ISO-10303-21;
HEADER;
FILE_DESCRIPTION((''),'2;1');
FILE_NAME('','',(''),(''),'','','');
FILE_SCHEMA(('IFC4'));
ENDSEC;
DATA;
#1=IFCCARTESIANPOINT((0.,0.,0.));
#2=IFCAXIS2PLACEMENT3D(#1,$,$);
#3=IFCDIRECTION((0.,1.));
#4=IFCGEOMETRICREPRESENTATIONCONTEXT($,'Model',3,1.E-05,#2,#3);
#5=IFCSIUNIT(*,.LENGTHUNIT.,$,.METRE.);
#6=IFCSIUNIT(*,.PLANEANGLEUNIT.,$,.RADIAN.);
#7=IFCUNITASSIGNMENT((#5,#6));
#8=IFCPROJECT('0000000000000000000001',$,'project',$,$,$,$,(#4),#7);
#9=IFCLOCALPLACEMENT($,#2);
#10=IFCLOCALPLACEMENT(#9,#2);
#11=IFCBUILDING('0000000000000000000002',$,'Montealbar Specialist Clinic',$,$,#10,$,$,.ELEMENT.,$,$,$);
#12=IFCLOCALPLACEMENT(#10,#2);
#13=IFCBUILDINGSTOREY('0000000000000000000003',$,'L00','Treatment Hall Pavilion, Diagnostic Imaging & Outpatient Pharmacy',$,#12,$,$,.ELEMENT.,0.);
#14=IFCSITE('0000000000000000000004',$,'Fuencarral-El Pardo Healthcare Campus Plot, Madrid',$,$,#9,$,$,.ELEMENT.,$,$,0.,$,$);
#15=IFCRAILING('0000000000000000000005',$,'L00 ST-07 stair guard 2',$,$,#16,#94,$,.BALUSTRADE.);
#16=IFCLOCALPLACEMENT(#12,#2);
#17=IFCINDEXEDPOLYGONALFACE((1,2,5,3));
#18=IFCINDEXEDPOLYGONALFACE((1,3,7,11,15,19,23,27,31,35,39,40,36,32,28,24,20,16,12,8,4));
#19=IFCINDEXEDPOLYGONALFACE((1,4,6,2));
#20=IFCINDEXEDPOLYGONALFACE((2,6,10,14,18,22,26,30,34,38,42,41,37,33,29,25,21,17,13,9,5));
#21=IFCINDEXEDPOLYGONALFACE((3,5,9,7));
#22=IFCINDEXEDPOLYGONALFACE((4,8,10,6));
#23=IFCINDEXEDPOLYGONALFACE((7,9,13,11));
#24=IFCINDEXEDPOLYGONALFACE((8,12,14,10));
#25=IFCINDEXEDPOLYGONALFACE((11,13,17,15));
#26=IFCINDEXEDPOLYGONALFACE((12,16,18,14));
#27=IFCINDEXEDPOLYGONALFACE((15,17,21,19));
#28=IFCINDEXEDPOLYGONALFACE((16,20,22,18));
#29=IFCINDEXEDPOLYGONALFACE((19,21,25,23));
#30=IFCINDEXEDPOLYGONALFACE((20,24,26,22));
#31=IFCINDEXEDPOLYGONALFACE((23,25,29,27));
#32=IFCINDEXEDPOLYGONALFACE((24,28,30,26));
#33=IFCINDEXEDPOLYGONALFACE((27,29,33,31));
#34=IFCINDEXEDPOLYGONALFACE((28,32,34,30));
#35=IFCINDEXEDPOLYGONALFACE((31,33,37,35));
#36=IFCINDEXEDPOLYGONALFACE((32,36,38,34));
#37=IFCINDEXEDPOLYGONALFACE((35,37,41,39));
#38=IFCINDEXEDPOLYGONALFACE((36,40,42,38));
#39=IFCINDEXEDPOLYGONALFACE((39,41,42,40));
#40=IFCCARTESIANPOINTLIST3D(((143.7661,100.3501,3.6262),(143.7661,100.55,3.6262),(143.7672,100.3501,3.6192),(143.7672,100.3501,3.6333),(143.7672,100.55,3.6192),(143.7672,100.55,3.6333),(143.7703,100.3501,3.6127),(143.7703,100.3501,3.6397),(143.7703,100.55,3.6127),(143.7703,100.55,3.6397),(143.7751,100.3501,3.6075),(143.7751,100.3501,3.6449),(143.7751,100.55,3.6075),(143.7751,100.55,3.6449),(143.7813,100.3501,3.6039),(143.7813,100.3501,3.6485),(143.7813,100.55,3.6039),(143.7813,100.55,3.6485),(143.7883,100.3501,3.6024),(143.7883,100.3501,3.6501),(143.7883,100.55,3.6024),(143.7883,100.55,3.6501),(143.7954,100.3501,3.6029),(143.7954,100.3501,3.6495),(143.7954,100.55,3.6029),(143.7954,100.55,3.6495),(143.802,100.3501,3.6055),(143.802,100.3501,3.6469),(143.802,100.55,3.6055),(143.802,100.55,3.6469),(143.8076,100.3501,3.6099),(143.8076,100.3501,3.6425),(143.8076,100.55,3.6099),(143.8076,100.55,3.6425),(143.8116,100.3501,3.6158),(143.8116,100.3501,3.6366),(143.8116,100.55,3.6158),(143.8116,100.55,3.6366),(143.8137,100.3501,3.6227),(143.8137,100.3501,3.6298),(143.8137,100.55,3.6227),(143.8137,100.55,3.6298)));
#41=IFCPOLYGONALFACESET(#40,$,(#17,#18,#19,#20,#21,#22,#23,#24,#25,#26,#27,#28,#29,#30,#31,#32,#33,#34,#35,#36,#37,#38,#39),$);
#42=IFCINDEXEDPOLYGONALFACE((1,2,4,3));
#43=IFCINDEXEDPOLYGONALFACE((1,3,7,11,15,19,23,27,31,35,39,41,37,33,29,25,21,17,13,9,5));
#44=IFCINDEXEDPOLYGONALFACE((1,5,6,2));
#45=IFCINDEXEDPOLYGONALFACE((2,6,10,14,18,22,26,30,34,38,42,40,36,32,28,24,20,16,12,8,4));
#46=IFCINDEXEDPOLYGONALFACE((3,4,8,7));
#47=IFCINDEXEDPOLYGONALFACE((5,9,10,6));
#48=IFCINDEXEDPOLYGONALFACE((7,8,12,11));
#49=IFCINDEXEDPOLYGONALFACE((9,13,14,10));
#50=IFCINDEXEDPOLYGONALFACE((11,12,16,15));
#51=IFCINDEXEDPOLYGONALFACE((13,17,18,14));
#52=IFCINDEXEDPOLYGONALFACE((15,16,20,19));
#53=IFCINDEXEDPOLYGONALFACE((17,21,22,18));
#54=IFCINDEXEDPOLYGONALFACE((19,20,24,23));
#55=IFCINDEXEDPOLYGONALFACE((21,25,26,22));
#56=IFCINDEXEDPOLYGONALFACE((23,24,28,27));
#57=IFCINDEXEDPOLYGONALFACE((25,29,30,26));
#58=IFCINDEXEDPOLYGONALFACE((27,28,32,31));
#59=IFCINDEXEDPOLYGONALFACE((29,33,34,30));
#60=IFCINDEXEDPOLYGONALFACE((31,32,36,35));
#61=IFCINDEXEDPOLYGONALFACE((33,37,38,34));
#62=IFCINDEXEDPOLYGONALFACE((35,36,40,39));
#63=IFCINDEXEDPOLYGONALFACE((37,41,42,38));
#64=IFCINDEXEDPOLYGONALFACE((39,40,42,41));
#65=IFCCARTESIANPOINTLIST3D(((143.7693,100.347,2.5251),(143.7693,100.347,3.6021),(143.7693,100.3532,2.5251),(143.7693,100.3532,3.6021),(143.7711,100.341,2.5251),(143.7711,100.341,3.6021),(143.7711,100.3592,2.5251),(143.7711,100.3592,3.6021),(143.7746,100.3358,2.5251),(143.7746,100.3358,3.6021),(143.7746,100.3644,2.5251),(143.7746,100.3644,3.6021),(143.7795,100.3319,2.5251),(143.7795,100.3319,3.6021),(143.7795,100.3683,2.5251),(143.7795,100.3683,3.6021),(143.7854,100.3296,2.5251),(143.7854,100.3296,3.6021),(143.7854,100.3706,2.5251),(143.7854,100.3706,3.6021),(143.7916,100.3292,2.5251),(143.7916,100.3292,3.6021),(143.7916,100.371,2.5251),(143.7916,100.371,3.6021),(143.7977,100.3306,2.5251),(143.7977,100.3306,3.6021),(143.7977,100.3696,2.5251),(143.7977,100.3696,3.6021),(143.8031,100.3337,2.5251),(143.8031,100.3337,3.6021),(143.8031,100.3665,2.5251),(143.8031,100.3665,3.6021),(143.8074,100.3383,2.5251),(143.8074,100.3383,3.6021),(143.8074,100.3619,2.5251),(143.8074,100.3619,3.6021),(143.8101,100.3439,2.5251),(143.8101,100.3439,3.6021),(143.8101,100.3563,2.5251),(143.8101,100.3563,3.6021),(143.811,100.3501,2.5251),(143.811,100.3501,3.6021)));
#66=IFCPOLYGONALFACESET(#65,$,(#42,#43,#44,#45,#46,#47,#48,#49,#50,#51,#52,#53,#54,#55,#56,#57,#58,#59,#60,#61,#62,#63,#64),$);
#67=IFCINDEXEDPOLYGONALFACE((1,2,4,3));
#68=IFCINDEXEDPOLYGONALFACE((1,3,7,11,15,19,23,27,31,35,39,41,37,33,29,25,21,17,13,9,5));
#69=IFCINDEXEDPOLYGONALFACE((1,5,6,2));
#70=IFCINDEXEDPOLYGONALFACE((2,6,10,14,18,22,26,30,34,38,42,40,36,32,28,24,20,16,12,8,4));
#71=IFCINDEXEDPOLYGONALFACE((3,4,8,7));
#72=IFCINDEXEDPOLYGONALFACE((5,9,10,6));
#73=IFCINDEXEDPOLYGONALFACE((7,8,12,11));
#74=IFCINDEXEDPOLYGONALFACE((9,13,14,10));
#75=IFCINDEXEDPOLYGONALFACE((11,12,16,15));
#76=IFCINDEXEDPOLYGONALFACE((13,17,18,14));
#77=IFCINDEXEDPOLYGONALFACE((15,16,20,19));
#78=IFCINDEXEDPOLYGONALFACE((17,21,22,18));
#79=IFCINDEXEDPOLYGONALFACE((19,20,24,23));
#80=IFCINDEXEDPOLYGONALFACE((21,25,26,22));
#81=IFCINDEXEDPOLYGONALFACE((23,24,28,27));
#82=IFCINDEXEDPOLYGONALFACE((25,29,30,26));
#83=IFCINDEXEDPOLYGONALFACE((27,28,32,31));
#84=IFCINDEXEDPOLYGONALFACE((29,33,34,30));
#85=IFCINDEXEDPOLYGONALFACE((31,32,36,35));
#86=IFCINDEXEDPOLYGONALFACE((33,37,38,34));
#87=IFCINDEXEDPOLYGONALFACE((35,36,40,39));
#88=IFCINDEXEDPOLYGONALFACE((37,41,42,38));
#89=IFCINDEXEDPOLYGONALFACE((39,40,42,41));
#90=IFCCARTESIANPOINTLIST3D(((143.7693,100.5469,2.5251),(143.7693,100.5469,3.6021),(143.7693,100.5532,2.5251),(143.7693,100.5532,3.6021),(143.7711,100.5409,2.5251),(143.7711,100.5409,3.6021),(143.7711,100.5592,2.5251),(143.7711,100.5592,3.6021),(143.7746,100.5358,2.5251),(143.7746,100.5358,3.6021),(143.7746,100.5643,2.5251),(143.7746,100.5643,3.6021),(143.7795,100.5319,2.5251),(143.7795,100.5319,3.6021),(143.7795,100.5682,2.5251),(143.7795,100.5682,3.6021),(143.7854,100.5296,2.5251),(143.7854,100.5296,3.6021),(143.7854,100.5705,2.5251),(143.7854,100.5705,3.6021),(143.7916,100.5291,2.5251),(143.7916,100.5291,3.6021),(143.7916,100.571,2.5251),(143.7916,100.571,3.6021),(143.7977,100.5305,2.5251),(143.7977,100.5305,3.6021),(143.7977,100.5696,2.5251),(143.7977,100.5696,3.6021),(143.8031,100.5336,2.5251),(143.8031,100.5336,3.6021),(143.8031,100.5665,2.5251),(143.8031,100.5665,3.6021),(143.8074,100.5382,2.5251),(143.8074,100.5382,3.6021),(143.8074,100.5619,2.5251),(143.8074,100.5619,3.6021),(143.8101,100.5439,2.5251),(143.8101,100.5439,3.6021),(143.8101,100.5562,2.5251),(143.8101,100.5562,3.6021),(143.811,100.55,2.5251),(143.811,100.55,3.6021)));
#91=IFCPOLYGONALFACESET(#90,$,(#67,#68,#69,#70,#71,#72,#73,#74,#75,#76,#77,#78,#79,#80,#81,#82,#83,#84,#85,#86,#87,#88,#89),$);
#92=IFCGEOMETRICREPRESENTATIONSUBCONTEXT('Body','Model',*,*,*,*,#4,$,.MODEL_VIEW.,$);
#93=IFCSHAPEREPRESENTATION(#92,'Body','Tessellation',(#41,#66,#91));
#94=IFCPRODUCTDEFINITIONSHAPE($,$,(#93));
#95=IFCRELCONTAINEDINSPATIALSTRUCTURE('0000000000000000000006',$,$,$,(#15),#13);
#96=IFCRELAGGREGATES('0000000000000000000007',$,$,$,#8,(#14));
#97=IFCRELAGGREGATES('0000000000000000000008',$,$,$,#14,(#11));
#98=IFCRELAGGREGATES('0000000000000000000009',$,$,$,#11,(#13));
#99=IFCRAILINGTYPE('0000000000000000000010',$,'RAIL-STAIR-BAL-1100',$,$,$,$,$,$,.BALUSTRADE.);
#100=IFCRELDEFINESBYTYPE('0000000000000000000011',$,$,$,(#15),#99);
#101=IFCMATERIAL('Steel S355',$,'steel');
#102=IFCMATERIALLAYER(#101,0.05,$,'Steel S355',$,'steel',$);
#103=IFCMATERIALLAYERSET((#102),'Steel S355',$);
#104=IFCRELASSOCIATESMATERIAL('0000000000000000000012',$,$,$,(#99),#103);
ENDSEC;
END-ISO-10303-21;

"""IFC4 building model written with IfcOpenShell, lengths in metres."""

from ifc_helpers import new_model, si_unit, direction, frame, origin, origin_2d, place, context, subcontext, project, spatial, circle, extrude, material, layer, layer_set, type_object, element, save


model = new_model("IFC4")

# Units and contexts
model_context = context("Model", 3, precision=1e-05, world=origin(), true_north=direction((0.0, 1.0)))
body_context = subcontext(model_context, "Body", "Model", "MODEL_VIEW")
ifc_project = project(units=[si_unit("LENGTHUNIT", "METRE"), si_unit("PLANEANGLEUNIT", "RADIAN")], contexts=[model_context])

# Site, building, storey
site_placement = place(None, origin())
site = spatial("IfcSite", under=ifc_project, at=site_placement, Name="Fuencarral-El Pardo Healthcare Campus Plot, Madrid", CompositionType="ELEMENT", RefElevation=0.0)
building_placement = place(site_placement, origin())
building = spatial("IfcBuilding", under=site, at=building_placement, Name="Montealbar Specialist Clinic", CompositionType="ELEMENT")
storey_placement = place(building_placement, origin())
storey = spatial("IfcBuildingStorey", under=building, at=storey_placement, Name="L00", Description="Treatment Hall Pavilion, Diagnostic Imaging & Outpatient Pharmacy", CompositionType="ELEMENT", Elevation=0.0)

# Shared definitions
ifc_material_1 = material(Name="Steel S355", Category="steel")

# Railing
ifc_layer_1 = layer(ifc_material_1, 0.05, Name="Steel S355", Category="steel")
ifc_layer_set_1 = layer_set([ifc_layer_1], Name="Steel S355")
railing_type_1 = type_object("IfcRailingType", Name="RAIL-STAIR-BAL-1100", PredefinedType="BALUSTRADE", material=ifc_layer_set_1)
railing_1_placement = place(storey_placement, frame((143.79, 100.3501, 2.55)))
element("IfcRailing", 1, at=railing_1_placement, inside=storey, type_object=railing_type_1, Name="L00 ST-07 stair guard 2", PredefinedType="BALUSTRADE", context=body_context, shape_type="SweptSolid", body=[
    extrude(circle(Radius=0.0239, at=origin_2d()), frame((0.0, 0.0, 1.0762), z_axis=(0.0, 1.0, 0.0), x_axis=(-1.0, 0.0, 0.0)), (0.0, 0.0, 1.0), 0.2),
    extrude(circle(Radius=0.021, at=origin_2d()), frame((0.0, 0.0, -0.0249)), (0.0, 0.0, 1.0), 1.0769),
    extrude(circle(Radius=0.021, at=origin_2d()), frame((0.0, 0.2, -0.0249)), (0.0, 0.0, 1.0), 1.0769),
])

save(model, "model.ifc")
